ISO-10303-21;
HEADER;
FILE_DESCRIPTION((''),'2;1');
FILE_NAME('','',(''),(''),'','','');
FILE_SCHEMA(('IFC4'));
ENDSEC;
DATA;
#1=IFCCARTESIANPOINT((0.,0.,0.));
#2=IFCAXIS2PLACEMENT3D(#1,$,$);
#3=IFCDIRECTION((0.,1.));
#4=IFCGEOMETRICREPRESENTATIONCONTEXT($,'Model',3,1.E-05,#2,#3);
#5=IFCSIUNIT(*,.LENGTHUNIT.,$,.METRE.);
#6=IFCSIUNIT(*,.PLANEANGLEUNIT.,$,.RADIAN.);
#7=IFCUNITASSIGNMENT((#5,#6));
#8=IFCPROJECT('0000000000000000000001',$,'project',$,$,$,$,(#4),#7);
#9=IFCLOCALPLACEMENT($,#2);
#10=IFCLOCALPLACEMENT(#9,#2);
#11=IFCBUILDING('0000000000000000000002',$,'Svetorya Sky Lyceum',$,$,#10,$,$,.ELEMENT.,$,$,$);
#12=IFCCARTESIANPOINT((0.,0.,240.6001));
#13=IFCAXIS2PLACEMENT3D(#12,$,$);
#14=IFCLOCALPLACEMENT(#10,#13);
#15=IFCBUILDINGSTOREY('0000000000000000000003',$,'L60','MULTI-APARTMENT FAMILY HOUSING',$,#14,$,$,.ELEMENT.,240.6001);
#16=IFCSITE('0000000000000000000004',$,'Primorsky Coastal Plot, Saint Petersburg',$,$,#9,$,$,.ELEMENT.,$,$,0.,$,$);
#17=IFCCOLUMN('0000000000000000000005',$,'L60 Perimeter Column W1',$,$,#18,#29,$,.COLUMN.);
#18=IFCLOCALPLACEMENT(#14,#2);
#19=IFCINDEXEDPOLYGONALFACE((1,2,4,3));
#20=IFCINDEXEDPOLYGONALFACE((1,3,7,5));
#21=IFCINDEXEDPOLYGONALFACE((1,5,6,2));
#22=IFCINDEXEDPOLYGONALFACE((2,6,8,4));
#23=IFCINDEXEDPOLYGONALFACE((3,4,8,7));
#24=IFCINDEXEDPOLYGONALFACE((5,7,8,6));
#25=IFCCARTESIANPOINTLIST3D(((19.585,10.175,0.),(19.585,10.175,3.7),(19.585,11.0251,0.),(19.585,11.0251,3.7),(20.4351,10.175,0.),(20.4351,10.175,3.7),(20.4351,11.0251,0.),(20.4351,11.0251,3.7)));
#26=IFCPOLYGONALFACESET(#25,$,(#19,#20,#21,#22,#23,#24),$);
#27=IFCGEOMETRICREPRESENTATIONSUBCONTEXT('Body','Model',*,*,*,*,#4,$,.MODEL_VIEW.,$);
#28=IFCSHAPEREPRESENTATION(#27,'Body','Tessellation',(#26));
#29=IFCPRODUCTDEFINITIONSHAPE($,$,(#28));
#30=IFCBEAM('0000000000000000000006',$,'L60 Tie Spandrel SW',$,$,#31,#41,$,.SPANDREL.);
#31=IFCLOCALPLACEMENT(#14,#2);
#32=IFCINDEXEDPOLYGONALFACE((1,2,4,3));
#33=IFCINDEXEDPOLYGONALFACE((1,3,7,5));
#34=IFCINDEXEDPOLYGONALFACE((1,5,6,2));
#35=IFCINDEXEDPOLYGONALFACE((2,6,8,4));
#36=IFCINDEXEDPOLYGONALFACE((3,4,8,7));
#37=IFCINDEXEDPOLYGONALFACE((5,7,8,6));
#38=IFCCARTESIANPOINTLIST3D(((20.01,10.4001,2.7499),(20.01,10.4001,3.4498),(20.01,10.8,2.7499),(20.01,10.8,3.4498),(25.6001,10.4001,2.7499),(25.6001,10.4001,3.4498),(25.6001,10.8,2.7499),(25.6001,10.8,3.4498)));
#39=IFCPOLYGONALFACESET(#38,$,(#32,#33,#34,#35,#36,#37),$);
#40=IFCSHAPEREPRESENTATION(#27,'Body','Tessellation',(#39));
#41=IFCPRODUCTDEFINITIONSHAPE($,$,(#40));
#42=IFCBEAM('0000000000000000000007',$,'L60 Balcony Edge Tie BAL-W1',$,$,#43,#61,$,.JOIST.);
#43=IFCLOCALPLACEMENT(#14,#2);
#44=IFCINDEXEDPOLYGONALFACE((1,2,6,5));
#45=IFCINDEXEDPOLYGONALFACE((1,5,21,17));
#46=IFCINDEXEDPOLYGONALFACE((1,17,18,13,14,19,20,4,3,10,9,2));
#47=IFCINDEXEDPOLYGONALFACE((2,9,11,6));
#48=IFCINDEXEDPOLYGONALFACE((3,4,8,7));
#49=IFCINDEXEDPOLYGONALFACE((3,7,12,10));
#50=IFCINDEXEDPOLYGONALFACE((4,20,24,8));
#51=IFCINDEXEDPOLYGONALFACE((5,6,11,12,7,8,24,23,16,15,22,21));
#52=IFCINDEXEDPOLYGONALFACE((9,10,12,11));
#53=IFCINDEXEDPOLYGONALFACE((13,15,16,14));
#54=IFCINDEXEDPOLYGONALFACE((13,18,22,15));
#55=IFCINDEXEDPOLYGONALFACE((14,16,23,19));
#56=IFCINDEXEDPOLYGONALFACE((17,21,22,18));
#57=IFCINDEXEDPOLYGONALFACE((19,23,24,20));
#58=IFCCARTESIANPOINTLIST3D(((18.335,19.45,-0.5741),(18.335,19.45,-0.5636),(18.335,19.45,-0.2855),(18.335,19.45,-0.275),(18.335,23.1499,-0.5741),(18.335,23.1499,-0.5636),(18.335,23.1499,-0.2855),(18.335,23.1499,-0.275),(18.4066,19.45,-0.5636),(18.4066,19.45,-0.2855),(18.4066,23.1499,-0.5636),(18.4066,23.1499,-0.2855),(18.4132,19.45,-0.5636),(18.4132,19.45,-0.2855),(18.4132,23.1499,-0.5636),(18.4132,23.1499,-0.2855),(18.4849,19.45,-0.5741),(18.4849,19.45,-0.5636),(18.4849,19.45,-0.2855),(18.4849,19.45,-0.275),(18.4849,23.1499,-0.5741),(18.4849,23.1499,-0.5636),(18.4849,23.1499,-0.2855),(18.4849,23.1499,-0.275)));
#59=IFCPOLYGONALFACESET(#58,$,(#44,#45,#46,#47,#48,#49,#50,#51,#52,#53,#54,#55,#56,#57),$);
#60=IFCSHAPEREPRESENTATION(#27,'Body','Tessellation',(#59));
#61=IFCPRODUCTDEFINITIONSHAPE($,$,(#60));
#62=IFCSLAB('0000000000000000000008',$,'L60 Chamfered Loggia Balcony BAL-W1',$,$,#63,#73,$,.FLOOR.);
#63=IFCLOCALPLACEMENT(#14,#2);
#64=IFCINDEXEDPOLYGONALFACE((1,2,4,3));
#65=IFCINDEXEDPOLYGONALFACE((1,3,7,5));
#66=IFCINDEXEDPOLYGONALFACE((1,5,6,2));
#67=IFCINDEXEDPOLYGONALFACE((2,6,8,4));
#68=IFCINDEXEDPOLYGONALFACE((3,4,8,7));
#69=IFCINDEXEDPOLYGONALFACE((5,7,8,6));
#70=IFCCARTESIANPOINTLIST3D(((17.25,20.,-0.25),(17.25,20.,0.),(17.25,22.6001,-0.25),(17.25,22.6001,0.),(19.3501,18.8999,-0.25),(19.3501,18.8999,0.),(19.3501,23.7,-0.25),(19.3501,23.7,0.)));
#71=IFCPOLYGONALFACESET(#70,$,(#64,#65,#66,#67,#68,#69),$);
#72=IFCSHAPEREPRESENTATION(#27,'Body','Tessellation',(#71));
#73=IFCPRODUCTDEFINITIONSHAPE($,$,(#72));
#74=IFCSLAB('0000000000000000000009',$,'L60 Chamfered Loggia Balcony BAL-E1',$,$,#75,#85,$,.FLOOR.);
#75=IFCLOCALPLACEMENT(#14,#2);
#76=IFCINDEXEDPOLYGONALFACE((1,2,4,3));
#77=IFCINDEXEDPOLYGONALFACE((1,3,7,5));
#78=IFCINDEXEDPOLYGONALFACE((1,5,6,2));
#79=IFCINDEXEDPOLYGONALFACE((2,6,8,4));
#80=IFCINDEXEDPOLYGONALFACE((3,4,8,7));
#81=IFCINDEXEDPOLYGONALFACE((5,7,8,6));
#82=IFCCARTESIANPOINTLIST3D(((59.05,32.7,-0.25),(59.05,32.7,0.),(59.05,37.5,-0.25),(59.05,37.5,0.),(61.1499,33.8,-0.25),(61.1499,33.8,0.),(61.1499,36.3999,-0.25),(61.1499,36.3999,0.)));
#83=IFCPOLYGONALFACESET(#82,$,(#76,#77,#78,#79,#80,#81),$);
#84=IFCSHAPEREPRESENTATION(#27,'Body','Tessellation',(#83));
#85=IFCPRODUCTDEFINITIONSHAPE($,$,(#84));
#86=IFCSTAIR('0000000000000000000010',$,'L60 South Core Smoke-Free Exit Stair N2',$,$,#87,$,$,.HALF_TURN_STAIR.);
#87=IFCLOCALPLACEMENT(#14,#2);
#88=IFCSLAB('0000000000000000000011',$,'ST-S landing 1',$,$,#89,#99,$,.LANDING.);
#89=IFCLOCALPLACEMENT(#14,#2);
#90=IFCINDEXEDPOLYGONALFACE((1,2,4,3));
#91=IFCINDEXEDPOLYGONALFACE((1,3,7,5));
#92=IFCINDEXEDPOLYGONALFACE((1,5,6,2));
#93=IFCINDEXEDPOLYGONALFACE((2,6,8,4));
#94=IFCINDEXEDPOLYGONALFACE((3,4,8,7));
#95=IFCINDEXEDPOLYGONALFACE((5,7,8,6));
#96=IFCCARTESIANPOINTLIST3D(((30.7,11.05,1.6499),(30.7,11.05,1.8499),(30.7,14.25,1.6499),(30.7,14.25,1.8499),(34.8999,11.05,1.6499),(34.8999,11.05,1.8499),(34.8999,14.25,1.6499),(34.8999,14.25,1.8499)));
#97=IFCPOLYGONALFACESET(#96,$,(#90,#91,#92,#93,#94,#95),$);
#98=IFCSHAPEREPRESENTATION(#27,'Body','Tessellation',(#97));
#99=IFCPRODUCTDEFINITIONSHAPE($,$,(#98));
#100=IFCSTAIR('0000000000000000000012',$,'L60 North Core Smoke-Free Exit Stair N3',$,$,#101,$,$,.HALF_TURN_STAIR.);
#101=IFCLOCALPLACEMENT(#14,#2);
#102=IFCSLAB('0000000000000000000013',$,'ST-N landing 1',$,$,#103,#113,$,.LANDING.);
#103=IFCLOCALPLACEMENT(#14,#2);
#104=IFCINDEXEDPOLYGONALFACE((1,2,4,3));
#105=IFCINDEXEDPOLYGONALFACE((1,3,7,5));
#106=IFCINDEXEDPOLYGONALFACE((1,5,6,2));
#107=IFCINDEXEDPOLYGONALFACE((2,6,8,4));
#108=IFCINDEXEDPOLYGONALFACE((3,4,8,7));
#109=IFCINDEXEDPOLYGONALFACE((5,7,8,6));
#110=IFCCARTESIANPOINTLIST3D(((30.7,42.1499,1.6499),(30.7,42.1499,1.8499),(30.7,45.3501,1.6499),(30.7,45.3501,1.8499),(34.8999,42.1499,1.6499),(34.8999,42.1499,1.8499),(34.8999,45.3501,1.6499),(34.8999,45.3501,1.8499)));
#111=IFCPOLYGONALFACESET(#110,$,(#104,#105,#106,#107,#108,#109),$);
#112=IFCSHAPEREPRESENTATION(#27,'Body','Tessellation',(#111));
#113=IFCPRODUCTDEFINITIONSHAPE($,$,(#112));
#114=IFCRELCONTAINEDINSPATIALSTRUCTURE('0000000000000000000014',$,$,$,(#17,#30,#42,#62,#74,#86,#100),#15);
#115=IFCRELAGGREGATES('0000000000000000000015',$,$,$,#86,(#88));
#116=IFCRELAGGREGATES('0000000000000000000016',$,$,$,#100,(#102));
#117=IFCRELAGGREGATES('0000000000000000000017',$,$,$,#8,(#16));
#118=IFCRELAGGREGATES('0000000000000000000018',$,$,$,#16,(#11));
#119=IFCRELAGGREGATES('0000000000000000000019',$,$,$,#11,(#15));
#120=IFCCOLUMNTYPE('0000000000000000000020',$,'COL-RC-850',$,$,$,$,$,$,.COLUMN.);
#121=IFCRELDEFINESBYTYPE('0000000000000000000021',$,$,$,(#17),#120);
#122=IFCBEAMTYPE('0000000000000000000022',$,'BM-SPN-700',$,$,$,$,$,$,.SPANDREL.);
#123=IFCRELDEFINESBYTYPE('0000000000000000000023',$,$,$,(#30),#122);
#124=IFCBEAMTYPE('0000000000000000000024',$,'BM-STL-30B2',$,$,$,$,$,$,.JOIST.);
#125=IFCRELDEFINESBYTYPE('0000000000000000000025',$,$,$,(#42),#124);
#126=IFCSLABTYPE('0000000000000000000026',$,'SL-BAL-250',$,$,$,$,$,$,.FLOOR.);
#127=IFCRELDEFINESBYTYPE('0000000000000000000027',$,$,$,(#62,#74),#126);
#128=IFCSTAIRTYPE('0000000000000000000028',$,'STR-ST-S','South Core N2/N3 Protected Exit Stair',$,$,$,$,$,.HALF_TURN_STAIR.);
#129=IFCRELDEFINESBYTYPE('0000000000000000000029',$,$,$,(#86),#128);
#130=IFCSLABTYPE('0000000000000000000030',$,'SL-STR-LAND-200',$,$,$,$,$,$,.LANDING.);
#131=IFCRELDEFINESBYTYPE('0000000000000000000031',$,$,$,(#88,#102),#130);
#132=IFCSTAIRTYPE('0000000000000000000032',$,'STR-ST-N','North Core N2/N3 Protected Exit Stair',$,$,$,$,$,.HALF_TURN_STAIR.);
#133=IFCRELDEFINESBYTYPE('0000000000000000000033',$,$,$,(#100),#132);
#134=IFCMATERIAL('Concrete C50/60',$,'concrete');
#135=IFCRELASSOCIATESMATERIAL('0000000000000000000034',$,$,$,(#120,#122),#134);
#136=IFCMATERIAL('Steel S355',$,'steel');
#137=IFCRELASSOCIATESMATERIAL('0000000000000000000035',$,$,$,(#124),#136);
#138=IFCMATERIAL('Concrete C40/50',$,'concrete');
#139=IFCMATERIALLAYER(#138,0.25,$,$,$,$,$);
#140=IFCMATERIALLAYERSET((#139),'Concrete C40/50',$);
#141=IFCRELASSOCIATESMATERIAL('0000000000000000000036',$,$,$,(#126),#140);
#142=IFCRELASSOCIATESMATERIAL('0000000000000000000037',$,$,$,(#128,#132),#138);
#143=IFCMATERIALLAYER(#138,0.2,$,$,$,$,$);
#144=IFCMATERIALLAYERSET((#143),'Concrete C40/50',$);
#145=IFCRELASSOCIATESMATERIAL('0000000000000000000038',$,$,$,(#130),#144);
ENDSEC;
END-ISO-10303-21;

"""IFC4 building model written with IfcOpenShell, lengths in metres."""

from ifc_helpers import new_model, si_unit, direction, frame, origin, origin_2d, place, context, subcontext, project, spatial, polyline, rectangle, i_section, outline, extrude, material, layer, layer_set, material_profile, profile_set, type_object, element, aggregate, save


model = new_model("IFC4")

# Units and contexts
model_context = context("Model", 3, precision=1e-05, world=origin(), true_north=direction((0.0, 1.0)))
body_context = subcontext(model_context, "Body", "Model", "MODEL_VIEW")
ifc_project = project(units=[si_unit("LENGTHUNIT", "METRE"), si_unit("PLANEANGLEUNIT", "RADIAN")], contexts=[model_context])

# Site, building, storey
site_placement = place(None, origin())
site = spatial("IfcSite", under=ifc_project, at=site_placement, Name="Primorsky Coastal Plot, Saint Petersburg", CompositionType="ELEMENT", RefElevation=0.0)
building_placement = place(site_placement, origin())
building = spatial("IfcBuilding", under=site, at=building_placement, Name="Svetorya Sky Lyceum", CompositionType="ELEMENT")
storey_placement = place(building_placement, frame((0.0, 0.0, 240.6001)))
storey = spatial("IfcBuildingStorey", under=building, at=storey_placement, Name="L60", Description="MULTI-APARTMENT FAMILY HOUSING", CompositionType="ELEMENT", Elevation=240.6001)

# Column
ifc_material_1 = material(Name="Concrete C50/60", Category="concrete")
ifc_material_profile_1 = material_profile(ifc_material_1, rectangle(XDim=0.8501, YDim=0.8501, at=origin_2d()), Name="RC COL 850x850")
ifc_profile_set_1 = profile_set([ifc_material_profile_1], Name="Concrete C50/60")
column_type = type_object("IfcColumnType", Name="COL-RC-850", PredefinedType="COLUMN", material=ifc_profile_set_1)
column_placement = place(storey_placement, frame((20.01, 10.6001, 0.0), z_axis=(0.0, 0.0, 1.0), x_axis=(1.0, 0.0, 0.0)))
element("IfcColumn", 1, at=column_placement, inside=storey, type_object=column_type, Name="L60 Perimeter Column W1", PredefinedType="COLUMN", context=body_context, shape_type="SweptSolid", body=[
    extrude(rectangle(XDim=0.8501, YDim=0.8501, at=origin_2d()), origin(), (0.0, 0.0, 1.0), 3.7),
])

# Beams
ifc_material_profile_2 = material_profile(ifc_material_1, rectangle(XDim=0.3999, YDim=0.7, at=origin_2d()), Name="RC SPANDREL 400x700")
ifc_profile_set_2 = profile_set([ifc_material_profile_2], Name="Concrete C50/60")
beam_type_1 = type_object("IfcBeamType", Name="BM-SPN-700", PredefinedType="SPANDREL", material=ifc_profile_set_2)
beam_1_placement = place(storey_placement, frame((20.01, 10.6001, 3.0999), z_axis=(1.0, 0.0, 0.0), x_axis=(0.0, 1.0, 0.0)))
element("IfcBeam", 2, at=beam_1_placement, inside=storey, type_object=beam_type_1, Name="L60 Tie Spandrel SW", PredefinedType="SPANDREL", context=body_context, shape_type="SweptSolid", body=[
    extrude(rectangle(XDim=0.3999, YDim=0.7, at=origin_2d()), origin(), (0.0, 0.0, 1.0), 5.5901),
])
ifc_material_2 = material(Name="Steel S355", Category="steel")
ifc_material_profile_3 = material_profile(ifc_material_2, i_section(OverallWidth=0.1499, OverallDepth=0.2991, WebThickness=0.0066, FlangeThickness=0.0105, at=origin_2d()), Name="GOST 30B2")
ifc_profile_set_3 = profile_set([ifc_material_profile_3], Name="Steel S355")
beam_type_2 = type_object("IfcBeamType", Name="BM-STL-30B2", PredefinedType="JOIST", material=ifc_profile_set_3)
beam_2_placement = place(storey_placement, frame((18.4099, 19.45, -0.4246), z_axis=(0.0, 1.0, 0.0), x_axis=(-1.0, 0.0, 0.0)))
element("IfcBeam", 3, at=beam_2_placement, inside=storey, type_object=beam_type_2, Name="L60 Balcony Edge Tie BAL-W1", PredefinedType="JOIST", context=body_context, shape_type="SweptSolid", body=[
    extrude(i_section(OverallWidth=0.1499, OverallDepth=0.2991, WebThickness=0.0066, FlangeThickness=0.0105, at=origin_2d()), origin(), (0.0, 0.0, 1.0), 3.7),
])

# Slabs
ifc_material_3 = material(Name="Concrete C40/50", Category="concrete")
ifc_layer_1 = layer(ifc_material_3, 0.25)
ifc_layer_set_1 = layer_set([ifc_layer_1], Name="Concrete C40/50")
slab_type_1 = type_object("IfcSlabType", Name="SL-BAL-250", PredefinedType="FLOOR", material=ifc_layer_set_1)
slab_1_placement = place(storey_placement, frame((0.0, 0.0, -0.25)))
element("IfcSlab", 4, at=slab_1_placement, inside=storey, type_object=slab_type_1, Name="L60 Chamfered Loggia Balcony BAL-W1", PredefinedType="FLOOR", context=body_context, shape_type="SweptSolid", body=[
    extrude(outline(polyline([(19.3501, 18.8999), (19.3501, 23.7), (17.25, 22.6001), (17.25, 20.0), (19.3501, 18.8999)])), origin(), (0.0, 0.0, 1.0), 0.25),
])
slab_2_placement = place(storey_placement, frame((0.0, 0.0, -0.25)))
element("IfcSlab", 5, at=slab_2_placement, inside=storey, type_object=slab_type_1, Name="L60 Chamfered Loggia Balcony BAL-E1", PredefinedType="FLOOR", context=body_context, shape_type="SweptSolid", body=[
    extrude(outline(polyline([(59.05, 32.7), (61.1499, 33.8), (61.1499, 36.3999), (59.05, 37.5), (59.05, 32.7)])), origin(), (0.0, 0.0, 1.0), 0.25),
])

# Stairs, slabs
stair_type_1 = type_object("IfcStairType", Name="STR-ST-S", Description="South Core N2/N3 Protected Exit Stair", PredefinedType="HALF_TURN_STAIR", material=ifc_material_3)
stair_1_placement = place(storey_placement, origin())
stair_1 = element("IfcStair", 6, at=stair_1_placement, inside=storey, type_object=stair_type_1, Name="L60 South Core Smoke-Free Exit Stair N2", PredefinedType="HALF_TURN_STAIR")
ifc_layer_2 = layer(ifc_material_3, 0.2)
ifc_layer_set_2 = layer_set([ifc_layer_2], Name="Concrete C40/50")
slab_type_2 = type_object("IfcSlabType", Name="SL-STR-LAND-200", PredefinedType="LANDING", material=ifc_layer_set_2)
slab_3_placement = place(storey_placement, frame((0.0, 0.0, 1.6499)))
slab_3 = element("IfcSlab", 7, at=slab_3_placement, type_object=slab_type_2, Name="ST-S landing 1", PredefinedType="LANDING", context=body_context, shape_type="SweptSolid", body=[
    extrude(outline(polyline([(30.7, 11.05), (34.8999, 11.05), (34.8999, 14.25), (30.7, 14.25), (30.7, 11.05)])), origin(), (0.0, 0.0, 1.0), 0.2),
])
aggregate(stair_1, [slab_3])
stair_type_2 = type_object("IfcStairType", Name="STR-ST-N", Description="North Core N2/N3 Protected Exit Stair", PredefinedType="HALF_TURN_STAIR", material=ifc_material_3)
stair_2_placement = place(storey_placement, origin())
stair_2 = element("IfcStair", 8, at=stair_2_placement, inside=storey, type_object=stair_type_2, Name="L60 North Core Smoke-Free Exit Stair N3", PredefinedType="HALF_TURN_STAIR")
slab_4_placement = place(storey_placement, frame((0.0, 0.0, 1.6499)))
slab_4 = element("IfcSlab", 9, at=slab_4_placement, type_object=slab_type_2, Name="ST-N landing 1", PredefinedType="LANDING", context=body_context, shape_type="SweptSolid", body=[
    extrude(outline(polyline([(30.7, 42.1499), (34.8999, 42.1499), (34.8999, 45.3501), (30.7, 45.3501), (30.7, 42.1499)])), origin(), (0.0, 0.0, 1.0), 0.2),
])
aggregate(stair_2, [slab_4])

save(model, "model.ifc")
